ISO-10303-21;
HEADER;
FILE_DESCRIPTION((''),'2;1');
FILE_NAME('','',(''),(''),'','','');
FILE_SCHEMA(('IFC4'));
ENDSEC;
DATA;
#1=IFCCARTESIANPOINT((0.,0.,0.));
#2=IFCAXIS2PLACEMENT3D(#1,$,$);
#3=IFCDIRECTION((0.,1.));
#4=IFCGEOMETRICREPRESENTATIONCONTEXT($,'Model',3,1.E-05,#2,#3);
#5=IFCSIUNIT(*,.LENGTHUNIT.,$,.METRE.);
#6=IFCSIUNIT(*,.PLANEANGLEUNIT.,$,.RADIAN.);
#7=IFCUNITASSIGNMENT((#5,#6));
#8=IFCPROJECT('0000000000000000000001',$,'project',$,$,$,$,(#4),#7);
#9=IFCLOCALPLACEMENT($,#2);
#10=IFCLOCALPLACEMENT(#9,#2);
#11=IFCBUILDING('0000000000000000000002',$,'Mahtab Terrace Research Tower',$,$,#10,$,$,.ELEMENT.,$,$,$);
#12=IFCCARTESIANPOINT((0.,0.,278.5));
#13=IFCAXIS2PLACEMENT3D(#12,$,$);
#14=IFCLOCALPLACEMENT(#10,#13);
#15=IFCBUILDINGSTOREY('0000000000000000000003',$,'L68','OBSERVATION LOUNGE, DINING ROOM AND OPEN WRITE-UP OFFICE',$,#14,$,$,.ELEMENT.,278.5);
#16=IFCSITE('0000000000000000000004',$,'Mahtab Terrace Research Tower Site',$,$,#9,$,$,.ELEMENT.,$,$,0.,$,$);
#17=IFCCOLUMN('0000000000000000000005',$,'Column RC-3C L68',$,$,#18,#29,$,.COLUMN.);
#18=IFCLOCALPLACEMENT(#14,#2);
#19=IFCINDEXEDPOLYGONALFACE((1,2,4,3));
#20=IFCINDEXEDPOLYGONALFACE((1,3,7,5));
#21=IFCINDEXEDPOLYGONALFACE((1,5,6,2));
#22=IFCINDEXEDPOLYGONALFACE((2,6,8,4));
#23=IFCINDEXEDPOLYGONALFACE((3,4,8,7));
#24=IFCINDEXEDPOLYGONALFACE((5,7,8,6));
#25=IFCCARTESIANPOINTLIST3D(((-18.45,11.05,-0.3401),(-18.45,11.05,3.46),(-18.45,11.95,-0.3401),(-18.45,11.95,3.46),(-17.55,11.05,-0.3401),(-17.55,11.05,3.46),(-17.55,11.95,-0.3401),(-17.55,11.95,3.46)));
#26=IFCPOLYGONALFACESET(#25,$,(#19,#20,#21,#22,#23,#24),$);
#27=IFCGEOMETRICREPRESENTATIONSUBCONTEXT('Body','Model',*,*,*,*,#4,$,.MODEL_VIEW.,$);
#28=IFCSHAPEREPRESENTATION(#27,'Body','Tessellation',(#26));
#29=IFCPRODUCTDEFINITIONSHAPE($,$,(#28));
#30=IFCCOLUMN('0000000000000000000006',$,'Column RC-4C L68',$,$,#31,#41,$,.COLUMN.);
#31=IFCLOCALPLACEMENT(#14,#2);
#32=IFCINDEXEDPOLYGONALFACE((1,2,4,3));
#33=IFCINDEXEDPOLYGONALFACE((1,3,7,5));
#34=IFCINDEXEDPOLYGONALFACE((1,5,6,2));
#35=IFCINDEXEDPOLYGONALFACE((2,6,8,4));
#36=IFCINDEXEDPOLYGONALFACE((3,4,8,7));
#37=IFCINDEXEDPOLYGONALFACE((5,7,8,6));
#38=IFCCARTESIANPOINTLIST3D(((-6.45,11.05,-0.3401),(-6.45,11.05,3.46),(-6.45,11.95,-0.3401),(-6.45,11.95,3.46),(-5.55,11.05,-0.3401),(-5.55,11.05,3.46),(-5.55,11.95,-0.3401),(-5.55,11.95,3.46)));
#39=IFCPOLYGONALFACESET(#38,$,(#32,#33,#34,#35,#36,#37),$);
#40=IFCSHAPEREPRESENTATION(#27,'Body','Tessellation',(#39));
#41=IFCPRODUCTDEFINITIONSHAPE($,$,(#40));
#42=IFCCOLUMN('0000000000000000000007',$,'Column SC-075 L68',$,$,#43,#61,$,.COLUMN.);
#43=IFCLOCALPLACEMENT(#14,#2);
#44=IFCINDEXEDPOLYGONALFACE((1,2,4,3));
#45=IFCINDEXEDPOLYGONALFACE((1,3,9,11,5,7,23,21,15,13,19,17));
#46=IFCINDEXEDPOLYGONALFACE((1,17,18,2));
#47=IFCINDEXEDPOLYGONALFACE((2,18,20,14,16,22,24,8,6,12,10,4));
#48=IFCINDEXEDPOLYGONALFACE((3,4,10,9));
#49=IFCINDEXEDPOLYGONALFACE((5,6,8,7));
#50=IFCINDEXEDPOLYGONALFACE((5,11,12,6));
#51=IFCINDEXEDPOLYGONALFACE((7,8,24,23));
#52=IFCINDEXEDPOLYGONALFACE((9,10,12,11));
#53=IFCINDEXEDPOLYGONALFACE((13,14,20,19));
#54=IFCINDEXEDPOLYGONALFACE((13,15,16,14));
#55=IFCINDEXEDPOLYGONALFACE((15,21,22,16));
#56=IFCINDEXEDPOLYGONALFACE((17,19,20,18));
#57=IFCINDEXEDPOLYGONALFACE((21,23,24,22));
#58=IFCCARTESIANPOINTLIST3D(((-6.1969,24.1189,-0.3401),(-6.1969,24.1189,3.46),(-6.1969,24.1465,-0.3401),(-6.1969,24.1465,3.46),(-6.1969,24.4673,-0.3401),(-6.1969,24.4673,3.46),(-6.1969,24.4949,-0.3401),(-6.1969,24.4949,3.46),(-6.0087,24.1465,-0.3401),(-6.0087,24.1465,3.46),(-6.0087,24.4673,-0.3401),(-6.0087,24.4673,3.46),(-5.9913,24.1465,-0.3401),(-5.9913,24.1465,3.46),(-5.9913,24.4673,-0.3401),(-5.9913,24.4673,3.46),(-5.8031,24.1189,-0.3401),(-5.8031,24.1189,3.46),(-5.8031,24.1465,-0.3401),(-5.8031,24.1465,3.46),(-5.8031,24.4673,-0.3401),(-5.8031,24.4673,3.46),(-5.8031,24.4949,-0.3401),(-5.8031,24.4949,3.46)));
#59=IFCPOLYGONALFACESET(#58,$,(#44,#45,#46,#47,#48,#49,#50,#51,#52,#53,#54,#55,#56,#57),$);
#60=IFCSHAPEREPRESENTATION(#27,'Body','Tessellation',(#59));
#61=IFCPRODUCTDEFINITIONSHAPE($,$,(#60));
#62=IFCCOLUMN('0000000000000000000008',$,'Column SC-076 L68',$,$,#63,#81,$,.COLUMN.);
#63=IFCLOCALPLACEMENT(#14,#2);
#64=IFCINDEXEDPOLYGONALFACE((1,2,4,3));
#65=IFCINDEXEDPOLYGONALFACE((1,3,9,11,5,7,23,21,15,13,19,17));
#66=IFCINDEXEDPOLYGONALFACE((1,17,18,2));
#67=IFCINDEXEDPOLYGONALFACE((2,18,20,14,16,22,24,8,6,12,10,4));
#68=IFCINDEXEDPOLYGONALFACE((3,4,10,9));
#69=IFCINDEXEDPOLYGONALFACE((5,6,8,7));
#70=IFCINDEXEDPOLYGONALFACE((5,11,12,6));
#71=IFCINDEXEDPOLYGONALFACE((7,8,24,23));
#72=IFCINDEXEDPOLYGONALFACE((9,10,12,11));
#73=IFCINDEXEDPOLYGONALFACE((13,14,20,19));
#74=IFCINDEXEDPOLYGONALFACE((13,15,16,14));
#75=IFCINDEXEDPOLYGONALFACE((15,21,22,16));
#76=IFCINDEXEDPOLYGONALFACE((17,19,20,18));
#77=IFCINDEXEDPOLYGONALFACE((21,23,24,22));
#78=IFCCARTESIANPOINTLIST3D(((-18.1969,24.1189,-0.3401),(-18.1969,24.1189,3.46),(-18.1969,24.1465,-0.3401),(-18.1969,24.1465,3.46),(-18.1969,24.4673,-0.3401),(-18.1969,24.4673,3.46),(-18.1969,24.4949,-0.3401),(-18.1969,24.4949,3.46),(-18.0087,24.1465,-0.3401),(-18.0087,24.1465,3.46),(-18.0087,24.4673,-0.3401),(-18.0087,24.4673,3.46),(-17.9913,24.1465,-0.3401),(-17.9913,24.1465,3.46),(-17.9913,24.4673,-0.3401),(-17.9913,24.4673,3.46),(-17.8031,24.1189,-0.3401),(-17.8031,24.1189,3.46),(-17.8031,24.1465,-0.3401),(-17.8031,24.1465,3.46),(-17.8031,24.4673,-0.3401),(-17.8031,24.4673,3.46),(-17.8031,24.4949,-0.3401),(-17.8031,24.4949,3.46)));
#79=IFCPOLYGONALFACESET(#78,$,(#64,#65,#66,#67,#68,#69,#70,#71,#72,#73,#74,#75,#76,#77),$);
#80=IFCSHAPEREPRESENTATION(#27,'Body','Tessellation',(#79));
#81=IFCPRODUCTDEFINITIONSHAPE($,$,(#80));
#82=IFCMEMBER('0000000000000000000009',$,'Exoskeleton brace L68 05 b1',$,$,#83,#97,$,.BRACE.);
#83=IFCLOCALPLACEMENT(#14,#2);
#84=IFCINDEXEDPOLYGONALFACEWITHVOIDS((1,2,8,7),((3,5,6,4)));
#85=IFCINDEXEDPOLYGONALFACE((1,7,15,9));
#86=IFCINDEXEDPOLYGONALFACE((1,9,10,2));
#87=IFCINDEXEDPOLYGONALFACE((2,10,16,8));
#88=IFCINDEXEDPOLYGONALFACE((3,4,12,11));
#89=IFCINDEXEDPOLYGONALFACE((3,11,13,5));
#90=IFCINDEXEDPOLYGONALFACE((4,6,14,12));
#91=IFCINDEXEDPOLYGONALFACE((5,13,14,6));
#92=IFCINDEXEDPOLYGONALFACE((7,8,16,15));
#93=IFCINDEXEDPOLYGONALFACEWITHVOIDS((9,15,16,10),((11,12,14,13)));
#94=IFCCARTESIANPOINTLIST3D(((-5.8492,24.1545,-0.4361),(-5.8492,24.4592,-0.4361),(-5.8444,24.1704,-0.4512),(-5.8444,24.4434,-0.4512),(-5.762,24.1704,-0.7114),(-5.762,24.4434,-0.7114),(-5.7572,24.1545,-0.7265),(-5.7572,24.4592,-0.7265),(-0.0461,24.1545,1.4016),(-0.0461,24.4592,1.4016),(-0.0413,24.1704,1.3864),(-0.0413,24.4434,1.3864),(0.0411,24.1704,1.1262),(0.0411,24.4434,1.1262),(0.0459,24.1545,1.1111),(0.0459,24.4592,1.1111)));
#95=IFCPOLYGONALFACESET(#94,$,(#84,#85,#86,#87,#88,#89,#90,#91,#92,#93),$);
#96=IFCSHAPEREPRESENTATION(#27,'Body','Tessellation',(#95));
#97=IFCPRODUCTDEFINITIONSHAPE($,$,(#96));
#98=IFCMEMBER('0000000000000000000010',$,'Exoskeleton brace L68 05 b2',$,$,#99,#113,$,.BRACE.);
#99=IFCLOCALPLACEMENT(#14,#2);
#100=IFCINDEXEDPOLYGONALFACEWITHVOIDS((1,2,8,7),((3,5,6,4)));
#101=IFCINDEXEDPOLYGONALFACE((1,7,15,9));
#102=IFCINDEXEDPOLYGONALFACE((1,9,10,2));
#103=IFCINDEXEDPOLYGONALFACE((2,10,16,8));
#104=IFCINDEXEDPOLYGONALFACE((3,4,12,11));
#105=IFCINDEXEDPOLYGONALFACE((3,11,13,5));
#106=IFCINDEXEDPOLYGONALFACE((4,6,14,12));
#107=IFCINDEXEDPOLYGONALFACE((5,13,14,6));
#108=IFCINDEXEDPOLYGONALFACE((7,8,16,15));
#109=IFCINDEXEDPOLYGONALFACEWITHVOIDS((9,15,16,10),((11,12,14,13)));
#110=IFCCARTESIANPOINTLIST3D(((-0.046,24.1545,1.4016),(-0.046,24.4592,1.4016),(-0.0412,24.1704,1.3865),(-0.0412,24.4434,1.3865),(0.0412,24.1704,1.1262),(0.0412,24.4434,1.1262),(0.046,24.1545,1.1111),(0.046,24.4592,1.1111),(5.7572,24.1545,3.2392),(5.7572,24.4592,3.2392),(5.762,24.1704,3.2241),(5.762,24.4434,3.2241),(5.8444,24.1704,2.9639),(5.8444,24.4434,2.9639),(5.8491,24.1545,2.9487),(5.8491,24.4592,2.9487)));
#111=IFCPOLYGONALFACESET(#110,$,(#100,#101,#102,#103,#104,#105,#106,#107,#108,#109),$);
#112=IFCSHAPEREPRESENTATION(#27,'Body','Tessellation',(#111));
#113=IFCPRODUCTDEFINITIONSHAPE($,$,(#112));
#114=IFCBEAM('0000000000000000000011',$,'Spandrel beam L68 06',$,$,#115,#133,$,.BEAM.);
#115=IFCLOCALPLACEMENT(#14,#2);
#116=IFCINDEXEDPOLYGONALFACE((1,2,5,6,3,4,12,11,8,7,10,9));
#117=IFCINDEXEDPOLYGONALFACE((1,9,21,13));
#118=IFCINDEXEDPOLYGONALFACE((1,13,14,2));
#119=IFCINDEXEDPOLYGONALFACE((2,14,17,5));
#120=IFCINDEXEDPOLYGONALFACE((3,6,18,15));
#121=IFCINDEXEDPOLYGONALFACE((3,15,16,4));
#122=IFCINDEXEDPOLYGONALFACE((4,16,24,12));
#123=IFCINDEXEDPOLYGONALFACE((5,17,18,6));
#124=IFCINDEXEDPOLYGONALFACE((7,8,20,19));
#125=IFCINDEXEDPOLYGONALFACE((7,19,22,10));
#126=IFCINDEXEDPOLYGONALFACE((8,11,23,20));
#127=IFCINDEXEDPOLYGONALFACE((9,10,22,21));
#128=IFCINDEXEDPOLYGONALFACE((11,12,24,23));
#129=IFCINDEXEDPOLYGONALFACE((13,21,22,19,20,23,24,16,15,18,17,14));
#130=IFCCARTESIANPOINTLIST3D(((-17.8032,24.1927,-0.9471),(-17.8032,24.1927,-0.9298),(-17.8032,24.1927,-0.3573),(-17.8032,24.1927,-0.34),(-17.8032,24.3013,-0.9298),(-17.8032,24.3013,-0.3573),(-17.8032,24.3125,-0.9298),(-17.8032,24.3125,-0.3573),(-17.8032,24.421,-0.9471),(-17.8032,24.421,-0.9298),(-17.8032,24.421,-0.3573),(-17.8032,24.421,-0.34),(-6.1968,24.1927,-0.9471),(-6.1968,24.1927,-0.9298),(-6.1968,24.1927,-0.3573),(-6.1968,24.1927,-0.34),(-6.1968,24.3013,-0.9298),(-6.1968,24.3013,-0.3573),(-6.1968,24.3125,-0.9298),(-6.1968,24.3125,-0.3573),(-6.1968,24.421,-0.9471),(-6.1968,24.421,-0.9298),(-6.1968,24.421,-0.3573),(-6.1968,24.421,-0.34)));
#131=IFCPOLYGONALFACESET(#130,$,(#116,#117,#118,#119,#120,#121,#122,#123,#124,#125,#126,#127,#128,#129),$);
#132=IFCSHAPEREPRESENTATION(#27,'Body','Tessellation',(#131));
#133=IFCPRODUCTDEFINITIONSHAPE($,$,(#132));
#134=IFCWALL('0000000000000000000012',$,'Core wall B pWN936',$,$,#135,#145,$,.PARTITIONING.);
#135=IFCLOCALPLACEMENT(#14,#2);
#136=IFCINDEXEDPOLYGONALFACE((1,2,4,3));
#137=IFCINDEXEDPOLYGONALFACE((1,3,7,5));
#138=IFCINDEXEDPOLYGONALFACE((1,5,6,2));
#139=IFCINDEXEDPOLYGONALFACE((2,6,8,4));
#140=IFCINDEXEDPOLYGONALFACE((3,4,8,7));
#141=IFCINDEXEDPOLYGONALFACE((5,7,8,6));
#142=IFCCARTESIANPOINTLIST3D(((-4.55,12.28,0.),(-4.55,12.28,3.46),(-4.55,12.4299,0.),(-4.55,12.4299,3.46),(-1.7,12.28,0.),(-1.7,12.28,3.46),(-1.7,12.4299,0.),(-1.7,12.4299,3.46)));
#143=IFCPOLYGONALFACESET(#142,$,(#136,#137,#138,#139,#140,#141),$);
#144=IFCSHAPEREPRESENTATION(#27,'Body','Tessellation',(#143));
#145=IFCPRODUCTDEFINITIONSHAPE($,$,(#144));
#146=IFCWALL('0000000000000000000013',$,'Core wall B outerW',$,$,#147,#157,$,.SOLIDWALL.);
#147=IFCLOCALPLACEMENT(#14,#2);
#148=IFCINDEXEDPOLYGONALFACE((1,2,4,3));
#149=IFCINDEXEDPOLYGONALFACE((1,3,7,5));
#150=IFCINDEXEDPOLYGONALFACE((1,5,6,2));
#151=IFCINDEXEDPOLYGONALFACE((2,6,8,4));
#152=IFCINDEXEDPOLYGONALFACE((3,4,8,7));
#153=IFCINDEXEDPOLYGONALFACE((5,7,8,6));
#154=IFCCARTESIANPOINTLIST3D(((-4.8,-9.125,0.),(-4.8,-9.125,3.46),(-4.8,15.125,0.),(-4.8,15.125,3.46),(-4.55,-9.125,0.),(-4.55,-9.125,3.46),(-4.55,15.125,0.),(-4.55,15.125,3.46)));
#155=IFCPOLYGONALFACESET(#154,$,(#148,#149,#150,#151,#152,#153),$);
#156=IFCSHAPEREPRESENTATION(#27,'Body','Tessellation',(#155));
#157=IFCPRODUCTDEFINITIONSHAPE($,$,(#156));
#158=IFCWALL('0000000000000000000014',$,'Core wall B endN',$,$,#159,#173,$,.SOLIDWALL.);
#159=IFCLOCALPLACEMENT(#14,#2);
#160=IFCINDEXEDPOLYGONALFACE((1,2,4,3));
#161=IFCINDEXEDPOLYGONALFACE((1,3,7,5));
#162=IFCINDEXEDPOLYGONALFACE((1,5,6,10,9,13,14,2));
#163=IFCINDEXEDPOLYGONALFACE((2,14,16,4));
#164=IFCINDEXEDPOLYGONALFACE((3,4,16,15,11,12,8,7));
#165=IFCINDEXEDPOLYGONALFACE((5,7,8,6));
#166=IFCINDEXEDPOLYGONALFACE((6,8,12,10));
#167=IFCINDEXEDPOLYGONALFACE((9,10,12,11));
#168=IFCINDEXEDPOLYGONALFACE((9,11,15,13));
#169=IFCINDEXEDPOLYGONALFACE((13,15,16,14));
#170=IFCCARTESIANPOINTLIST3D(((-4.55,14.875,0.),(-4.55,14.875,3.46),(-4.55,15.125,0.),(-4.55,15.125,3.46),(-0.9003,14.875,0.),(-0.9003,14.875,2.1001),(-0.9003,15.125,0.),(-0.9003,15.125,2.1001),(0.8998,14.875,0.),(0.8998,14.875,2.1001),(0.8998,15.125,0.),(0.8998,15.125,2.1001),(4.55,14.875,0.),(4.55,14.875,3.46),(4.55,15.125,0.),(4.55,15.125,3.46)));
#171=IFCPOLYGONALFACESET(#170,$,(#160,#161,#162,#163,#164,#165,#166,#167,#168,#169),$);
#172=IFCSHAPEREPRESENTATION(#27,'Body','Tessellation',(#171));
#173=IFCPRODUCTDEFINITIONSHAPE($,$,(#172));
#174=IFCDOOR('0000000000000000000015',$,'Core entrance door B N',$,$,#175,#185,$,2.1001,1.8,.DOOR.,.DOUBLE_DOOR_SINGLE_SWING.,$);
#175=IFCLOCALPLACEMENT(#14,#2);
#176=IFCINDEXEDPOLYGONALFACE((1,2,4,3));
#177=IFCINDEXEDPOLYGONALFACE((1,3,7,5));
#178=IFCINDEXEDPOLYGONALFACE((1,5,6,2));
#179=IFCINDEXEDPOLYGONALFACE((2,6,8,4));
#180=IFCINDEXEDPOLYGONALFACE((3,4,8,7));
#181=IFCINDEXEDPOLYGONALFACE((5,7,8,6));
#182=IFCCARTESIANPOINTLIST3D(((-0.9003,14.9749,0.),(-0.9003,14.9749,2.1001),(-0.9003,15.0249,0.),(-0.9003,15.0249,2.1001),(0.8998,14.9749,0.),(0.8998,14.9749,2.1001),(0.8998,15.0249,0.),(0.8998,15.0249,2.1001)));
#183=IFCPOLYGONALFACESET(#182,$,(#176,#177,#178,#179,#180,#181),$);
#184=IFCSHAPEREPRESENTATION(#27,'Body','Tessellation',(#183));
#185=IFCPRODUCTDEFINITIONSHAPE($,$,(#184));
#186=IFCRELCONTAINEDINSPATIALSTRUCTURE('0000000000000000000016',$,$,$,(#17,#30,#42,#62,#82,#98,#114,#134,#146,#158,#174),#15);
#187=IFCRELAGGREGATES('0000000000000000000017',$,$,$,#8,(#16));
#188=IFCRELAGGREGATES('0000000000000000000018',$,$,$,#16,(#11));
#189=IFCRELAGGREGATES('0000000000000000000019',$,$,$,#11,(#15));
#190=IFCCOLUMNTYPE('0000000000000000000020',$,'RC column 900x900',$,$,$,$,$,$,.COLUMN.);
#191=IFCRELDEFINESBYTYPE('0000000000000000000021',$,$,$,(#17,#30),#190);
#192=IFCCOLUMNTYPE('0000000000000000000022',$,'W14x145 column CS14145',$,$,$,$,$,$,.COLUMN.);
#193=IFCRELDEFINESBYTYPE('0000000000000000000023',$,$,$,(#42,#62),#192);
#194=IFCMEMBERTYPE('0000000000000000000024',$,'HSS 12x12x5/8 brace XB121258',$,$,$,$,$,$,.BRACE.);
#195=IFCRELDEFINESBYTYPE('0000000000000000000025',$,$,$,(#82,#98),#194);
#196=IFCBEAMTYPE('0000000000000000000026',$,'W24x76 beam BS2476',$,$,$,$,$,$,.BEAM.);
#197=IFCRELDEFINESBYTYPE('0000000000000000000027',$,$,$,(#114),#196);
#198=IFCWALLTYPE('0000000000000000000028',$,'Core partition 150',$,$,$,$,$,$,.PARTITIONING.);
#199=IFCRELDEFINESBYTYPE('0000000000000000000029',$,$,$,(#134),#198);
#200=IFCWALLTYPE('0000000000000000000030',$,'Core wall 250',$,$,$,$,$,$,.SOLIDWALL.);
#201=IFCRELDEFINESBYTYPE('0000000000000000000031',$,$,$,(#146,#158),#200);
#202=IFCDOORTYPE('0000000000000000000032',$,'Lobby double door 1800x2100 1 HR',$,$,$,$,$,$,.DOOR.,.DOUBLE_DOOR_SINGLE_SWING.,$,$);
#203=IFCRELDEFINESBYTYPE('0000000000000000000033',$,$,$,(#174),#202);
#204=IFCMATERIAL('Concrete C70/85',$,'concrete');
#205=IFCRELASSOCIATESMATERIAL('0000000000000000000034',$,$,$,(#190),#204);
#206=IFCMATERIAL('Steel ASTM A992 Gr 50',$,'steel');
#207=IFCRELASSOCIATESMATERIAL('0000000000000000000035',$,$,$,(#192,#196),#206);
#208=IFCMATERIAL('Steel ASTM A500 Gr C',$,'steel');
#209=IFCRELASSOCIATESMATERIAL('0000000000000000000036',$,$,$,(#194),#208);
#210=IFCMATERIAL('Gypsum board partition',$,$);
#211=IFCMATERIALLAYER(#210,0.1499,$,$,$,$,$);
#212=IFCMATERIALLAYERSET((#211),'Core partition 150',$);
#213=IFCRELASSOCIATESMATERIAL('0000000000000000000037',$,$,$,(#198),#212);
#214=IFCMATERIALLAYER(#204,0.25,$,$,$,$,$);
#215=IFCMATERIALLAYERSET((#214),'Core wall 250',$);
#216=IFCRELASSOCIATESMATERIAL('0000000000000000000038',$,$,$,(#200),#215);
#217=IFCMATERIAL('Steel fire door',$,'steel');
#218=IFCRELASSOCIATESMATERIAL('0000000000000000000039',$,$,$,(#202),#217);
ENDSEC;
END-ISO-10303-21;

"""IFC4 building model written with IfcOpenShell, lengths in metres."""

from ifc_helpers import new_model, si_unit, direction, frame, frame_2d, origin, origin_2d, place, context, subcontext, project, spatial, rectangle, hollow_rectangle, i_section, extrude, material, layer, layer_set, material_profile, profile_set, type_object, element, fill, save


model = new_model("IFC4")

# Units and contexts
model_context = context("Model", 3, precision=1e-05, world=origin(), true_north=direction((0.0, 1.0)))
body_context = subcontext(model_context, "Body", "Model", "MODEL_VIEW")
ifc_project = project(units=[si_unit("LENGTHUNIT", "METRE"), si_unit("PLANEANGLEUNIT", "RADIAN")], contexts=[model_context])

# Site, building, storey
site_placement = place(None, origin())
site = spatial("IfcSite", under=ifc_project, at=site_placement, Name="Mahtab Terrace Research Tower Site", CompositionType="ELEMENT", RefElevation=0.0)
building_placement = place(site_placement, origin())
building = spatial("IfcBuilding", under=site, at=building_placement, Name="Mahtab Terrace Research Tower", CompositionType="ELEMENT")
storey_placement = place(building_placement, frame((0.0, 0.0, 278.5)))
storey = spatial("IfcBuildingStorey", under=building, at=storey_placement, Name="L68", Description="OBSERVATION LOUNGE, DINING ROOM AND OPEN WRITE-UP OFFICE", CompositionType="ELEMENT", Elevation=278.5)

# Columns
ifc_material_1 = material(Name="Concrete C70/85", Category="concrete")
ifc_material_profile_1 = material_profile(ifc_material_1, rectangle(XDim=0.8999, YDim=0.8999, at=origin_2d()), Name="RC column 900x900")
ifc_profile_set_1 = profile_set([ifc_material_profile_1], Name="Concrete C70/85")
column_type_1 = type_object("IfcColumnType", Name="RC column 900x900", PredefinedType="COLUMN", material=ifc_profile_set_1)
for number, where, z_axis, x_axis, name in (
    (1, (-18.0, 11.5, -0.3401), (0.0, 0.0, 1.0), (1.0, 0.0, 0.0), "Column RC-3C L68"),
    (2, (-6.0, 11.5, -0.3401), (0.0, 0.0, 1.0), (1.0, 0.0, 0.0), "Column RC-4C L68"),
):
    element("IfcColumn", number, at=place(storey_placement, frame(where, z_axis=z_axis, x_axis=x_axis)), inside=storey, type_object=column_type_1, Name=name, PredefinedType="COLUMN", context=body_context, shape_type="SweptSolid", body=[
        extrude(rectangle(XDim=0.8999, YDim=0.8999, at=origin_2d()), origin(), (0.0, 0.0, 1.0), 3.8),
    ])
ifc_material_2 = material(Name="Steel ASTM A992 Gr 50", Category="steel")
ifc_material_profile_2 = material_profile(ifc_material_2, i_section(OverallWidth=0.3938, OverallDepth=0.376, WebThickness=0.0173, FlangeThickness=0.0276, at=origin_2d()), Name="W14X145")
ifc_profile_set_2 = profile_set([ifc_material_profile_2], Name="Steel ASTM A992 Gr 50")
column_type_2 = type_object("IfcColumnType", Name="W14x145 column CS14145", PredefinedType="COLUMN", material=ifc_profile_set_2)
for number, where, z_axis, x_axis, name in (
    (3, (-6.0, 24.3069, -0.3401), (0.0, 0.0, 1.0), (1.0, 0.0, 0.0), "Column SC-075 L68"),
    (4, (-18.0, 24.3069, -0.3401), (0.0, 0.0, 1.0), (1.0, 0.0, 0.0), "Column SC-076 L68"),
):
    element("IfcColumn", number, at=place(storey_placement, frame(where, z_axis=z_axis, x_axis=x_axis)), inside=storey, type_object=column_type_2, Name=name, PredefinedType="COLUMN", context=body_context, shape_type="SweptSolid", body=[
        extrude(i_section(OverallWidth=0.3938, OverallDepth=0.376, WebThickness=0.0173, FlangeThickness=0.0276, at=origin_2d()), origin(), (0.0, 0.0, 1.0), 3.8),
    ])

# Members
ifc_material_3 = material(Name="Steel ASTM A500 Gr C", Category="steel")
ifc_material_profile_3 = material_profile(ifc_material_3, hollow_rectangle(XDim=0.3047, YDim=0.3047, WallThickness=0.0159, at=origin_2d()), Name="HSS12X12X5/8")
ifc_profile_set_3 = profile_set([ifc_material_profile_3], Name="Steel ASTM A500 Gr C")
member_type = type_object("IfcMemberType", Name="HSS 12x12x5/8 brace XB121258", PredefinedType="BRACE", material=ifc_profile_set_3)
for number, where, z_axis, x_axis, name in (
    (5, (-5.8032, 24.3069, -0.5813), (0.953344, 0.0, 0.301886), (0.0, 1.0, 0.0), "Exoskeleton brace L68 05 b1"),
    (6, (0.0, 24.3069, 1.2563), (0.953344, 0.0, 0.301886), (0.0, 1.0, 0.0), "Exoskeleton brace L68 05 b2"),
):
    element("IfcMember", number, at=place(storey_placement, frame(where, z_axis=z_axis, x_axis=x_axis)), inside=storey, type_object=member_type, Name=name, PredefinedType="BRACE", context=body_context, shape_type="SweptSolid", body=[
        extrude(hollow_rectangle(XDim=0.3047, YDim=0.3047, WallThickness=0.0159, at=origin_2d()), origin(), (0.0, 0.0, 1.0), 6.0872),
    ])

# Beam
ifc_material_profile_4 = material_profile(ifc_material_2, i_section(OverallWidth=0.2283, OverallDepth=0.6072, WebThickness=0.0112, FlangeThickness=0.0173, at=origin_2d()), Name="W24X76")
ifc_profile_set_4 = profile_set([ifc_material_profile_4], Name="Steel ASTM A992 Gr 50")
beam_type = type_object("IfcBeamType", Name="W24x76 beam BS2476", PredefinedType="BEAM", material=ifc_profile_set_4)
beam_placement = place(storey_placement, frame((-6.1968, 24.3069, -0.6436), z_axis=(-1.0, 0.0, 0.0), x_axis=(0.0, -1.0, 0.0)))
element("IfcBeam", 7, at=beam_placement, inside=storey, type_object=beam_type, Name="Spandrel beam L68 06", PredefinedType="BEAM", context=body_context, shape_type="SweptSolid", body=[
    extrude(i_section(OverallWidth=0.2283, OverallDepth=0.6072, WebThickness=0.0112, FlangeThickness=0.0173, at=origin_2d()), origin(), (0.0, 0.0, 1.0), 11.6064),
])

# Walls
ifc_material_4 = material(Name="Gypsum board partition")
ifc_layer_1 = layer(ifc_material_4, 0.1499)
ifc_layer_set_1 = layer_set([ifc_layer_1], Name="Core partition 150")
wall_type_1 = type_object("IfcWallType", Name="Core partition 150", PredefinedType="PARTITIONING", material=ifc_layer_set_1)
wall_1_placement = place(storey_placement, frame((-4.55, 12.355, 0.0), z_axis=(0.0, 0.0, 1.0), x_axis=(1.0, 0.0, 0.0)))
element("IfcWall", 8, at=wall_1_placement, inside=storey, type_object=wall_type_1, Name="Core wall B pWN936", PredefinedType="PARTITIONING", context=body_context, shape_type="SweptSolid", body=[
    extrude(rectangle(XDim=2.8501, YDim=0.1499, at=frame_2d((1.425, 0.0))), origin(), (0.0, 0.0, 1.0), 3.46),
])
ifc_layer_2 = layer(ifc_material_1, 0.25)
ifc_layer_set_2 = layer_set([ifc_layer_2], Name="Core wall 250")
wall_type_2 = type_object("IfcWallType", Name="Core wall 250", PredefinedType="SOLIDWALL", material=ifc_layer_set_2)
wall_2_placement = place(storey_placement, frame((-4.675, 15.125, 0.0), z_axis=(0.0, 0.0, 1.0), x_axis=(0.0, -1.0, 0.0)))
element("IfcWall", 9, at=wall_2_placement, inside=storey, type_object=wall_type_2, Name="Core wall B outerW", PredefinedType="SOLIDWALL", context=body_context, shape_type="SweptSolid", body=[
    extrude(rectangle(XDim=24.25, YDim=0.25, at=frame_2d((12.125, 0.0))), origin(), (0.0, 0.0, 1.0), 3.46),
])

# Wall, opening, door
wall_3_placement = place(storey_placement, frame((-4.55, 15.0, 0.0), z_axis=(0.0, 0.0, 1.0), x_axis=(1.0, 0.0, 0.0)))
wall_3 = element("IfcWall", 10, at=wall_3_placement, inside=storey, type_object=wall_type_2, Name="Core wall B endN", PredefinedType="SOLIDWALL", context=body_context, shape_type="SweptSolid", body=[
    extrude(rectangle(XDim=9.1001, YDim=0.25, at=frame_2d((4.55, 0.0))), origin(), (0.0, 0.0, 1.0), 3.46),
])
opening_1_placement = place(wall_3_placement, frame((3.6499, 0.0, 0.0)))
opening_1 = element("IfcOpeningElement", 11, at=opening_1_placement, cuts=wall_3, PredefinedType="OPENING", context=body_context, shape_type="SweptSolid", body=[
    extrude(rectangle(XDim=1.8, YDim=2.1001, at=frame_2d((0.8999, 1.05))), frame((0.0, 0.135, 0.0), z_axis=(0.0, -1.0, 0.0), x_axis=(1.0, 0.0, 0.0)), (0.0, 0.0, 1.0), 0.27),
])
ifc_material_5 = material(Name="Steel fire door", Category="steel")
door_type_1 = type_object("IfcDoorType", Name="Lobby double door 1800x2100 1 HR", OperationType="DOUBLE_DOOR_SINGLE_SWING", PredefinedType="DOOR", material=ifc_material_5)
door_1_placement = place(opening_1_placement, origin())
door_1 = element("IfcDoor", 12, at=door_1_placement, inside=storey, type_object=door_type_1, Name="Core entrance door B N", OperationType="DOUBLE_DOOR_SINGLE_SWING", OverallHeight=2.1001, OverallWidth=1.8, PredefinedType="DOOR", context=body_context, shape_type="SweptSolid", body=[
    extrude(rectangle(XDim=1.8, YDim=2.1001, at=frame_2d((0.8999, 1.05))), frame((0.0, 0.0249, 0.0), z_axis=(0.0, -1.0, 0.0), x_axis=(1.0, 0.0, 0.0)), (0.0, 0.0, 1.0), 0.05),
])
fill(opening_1, door_1)

save(model, "model.ifc")
